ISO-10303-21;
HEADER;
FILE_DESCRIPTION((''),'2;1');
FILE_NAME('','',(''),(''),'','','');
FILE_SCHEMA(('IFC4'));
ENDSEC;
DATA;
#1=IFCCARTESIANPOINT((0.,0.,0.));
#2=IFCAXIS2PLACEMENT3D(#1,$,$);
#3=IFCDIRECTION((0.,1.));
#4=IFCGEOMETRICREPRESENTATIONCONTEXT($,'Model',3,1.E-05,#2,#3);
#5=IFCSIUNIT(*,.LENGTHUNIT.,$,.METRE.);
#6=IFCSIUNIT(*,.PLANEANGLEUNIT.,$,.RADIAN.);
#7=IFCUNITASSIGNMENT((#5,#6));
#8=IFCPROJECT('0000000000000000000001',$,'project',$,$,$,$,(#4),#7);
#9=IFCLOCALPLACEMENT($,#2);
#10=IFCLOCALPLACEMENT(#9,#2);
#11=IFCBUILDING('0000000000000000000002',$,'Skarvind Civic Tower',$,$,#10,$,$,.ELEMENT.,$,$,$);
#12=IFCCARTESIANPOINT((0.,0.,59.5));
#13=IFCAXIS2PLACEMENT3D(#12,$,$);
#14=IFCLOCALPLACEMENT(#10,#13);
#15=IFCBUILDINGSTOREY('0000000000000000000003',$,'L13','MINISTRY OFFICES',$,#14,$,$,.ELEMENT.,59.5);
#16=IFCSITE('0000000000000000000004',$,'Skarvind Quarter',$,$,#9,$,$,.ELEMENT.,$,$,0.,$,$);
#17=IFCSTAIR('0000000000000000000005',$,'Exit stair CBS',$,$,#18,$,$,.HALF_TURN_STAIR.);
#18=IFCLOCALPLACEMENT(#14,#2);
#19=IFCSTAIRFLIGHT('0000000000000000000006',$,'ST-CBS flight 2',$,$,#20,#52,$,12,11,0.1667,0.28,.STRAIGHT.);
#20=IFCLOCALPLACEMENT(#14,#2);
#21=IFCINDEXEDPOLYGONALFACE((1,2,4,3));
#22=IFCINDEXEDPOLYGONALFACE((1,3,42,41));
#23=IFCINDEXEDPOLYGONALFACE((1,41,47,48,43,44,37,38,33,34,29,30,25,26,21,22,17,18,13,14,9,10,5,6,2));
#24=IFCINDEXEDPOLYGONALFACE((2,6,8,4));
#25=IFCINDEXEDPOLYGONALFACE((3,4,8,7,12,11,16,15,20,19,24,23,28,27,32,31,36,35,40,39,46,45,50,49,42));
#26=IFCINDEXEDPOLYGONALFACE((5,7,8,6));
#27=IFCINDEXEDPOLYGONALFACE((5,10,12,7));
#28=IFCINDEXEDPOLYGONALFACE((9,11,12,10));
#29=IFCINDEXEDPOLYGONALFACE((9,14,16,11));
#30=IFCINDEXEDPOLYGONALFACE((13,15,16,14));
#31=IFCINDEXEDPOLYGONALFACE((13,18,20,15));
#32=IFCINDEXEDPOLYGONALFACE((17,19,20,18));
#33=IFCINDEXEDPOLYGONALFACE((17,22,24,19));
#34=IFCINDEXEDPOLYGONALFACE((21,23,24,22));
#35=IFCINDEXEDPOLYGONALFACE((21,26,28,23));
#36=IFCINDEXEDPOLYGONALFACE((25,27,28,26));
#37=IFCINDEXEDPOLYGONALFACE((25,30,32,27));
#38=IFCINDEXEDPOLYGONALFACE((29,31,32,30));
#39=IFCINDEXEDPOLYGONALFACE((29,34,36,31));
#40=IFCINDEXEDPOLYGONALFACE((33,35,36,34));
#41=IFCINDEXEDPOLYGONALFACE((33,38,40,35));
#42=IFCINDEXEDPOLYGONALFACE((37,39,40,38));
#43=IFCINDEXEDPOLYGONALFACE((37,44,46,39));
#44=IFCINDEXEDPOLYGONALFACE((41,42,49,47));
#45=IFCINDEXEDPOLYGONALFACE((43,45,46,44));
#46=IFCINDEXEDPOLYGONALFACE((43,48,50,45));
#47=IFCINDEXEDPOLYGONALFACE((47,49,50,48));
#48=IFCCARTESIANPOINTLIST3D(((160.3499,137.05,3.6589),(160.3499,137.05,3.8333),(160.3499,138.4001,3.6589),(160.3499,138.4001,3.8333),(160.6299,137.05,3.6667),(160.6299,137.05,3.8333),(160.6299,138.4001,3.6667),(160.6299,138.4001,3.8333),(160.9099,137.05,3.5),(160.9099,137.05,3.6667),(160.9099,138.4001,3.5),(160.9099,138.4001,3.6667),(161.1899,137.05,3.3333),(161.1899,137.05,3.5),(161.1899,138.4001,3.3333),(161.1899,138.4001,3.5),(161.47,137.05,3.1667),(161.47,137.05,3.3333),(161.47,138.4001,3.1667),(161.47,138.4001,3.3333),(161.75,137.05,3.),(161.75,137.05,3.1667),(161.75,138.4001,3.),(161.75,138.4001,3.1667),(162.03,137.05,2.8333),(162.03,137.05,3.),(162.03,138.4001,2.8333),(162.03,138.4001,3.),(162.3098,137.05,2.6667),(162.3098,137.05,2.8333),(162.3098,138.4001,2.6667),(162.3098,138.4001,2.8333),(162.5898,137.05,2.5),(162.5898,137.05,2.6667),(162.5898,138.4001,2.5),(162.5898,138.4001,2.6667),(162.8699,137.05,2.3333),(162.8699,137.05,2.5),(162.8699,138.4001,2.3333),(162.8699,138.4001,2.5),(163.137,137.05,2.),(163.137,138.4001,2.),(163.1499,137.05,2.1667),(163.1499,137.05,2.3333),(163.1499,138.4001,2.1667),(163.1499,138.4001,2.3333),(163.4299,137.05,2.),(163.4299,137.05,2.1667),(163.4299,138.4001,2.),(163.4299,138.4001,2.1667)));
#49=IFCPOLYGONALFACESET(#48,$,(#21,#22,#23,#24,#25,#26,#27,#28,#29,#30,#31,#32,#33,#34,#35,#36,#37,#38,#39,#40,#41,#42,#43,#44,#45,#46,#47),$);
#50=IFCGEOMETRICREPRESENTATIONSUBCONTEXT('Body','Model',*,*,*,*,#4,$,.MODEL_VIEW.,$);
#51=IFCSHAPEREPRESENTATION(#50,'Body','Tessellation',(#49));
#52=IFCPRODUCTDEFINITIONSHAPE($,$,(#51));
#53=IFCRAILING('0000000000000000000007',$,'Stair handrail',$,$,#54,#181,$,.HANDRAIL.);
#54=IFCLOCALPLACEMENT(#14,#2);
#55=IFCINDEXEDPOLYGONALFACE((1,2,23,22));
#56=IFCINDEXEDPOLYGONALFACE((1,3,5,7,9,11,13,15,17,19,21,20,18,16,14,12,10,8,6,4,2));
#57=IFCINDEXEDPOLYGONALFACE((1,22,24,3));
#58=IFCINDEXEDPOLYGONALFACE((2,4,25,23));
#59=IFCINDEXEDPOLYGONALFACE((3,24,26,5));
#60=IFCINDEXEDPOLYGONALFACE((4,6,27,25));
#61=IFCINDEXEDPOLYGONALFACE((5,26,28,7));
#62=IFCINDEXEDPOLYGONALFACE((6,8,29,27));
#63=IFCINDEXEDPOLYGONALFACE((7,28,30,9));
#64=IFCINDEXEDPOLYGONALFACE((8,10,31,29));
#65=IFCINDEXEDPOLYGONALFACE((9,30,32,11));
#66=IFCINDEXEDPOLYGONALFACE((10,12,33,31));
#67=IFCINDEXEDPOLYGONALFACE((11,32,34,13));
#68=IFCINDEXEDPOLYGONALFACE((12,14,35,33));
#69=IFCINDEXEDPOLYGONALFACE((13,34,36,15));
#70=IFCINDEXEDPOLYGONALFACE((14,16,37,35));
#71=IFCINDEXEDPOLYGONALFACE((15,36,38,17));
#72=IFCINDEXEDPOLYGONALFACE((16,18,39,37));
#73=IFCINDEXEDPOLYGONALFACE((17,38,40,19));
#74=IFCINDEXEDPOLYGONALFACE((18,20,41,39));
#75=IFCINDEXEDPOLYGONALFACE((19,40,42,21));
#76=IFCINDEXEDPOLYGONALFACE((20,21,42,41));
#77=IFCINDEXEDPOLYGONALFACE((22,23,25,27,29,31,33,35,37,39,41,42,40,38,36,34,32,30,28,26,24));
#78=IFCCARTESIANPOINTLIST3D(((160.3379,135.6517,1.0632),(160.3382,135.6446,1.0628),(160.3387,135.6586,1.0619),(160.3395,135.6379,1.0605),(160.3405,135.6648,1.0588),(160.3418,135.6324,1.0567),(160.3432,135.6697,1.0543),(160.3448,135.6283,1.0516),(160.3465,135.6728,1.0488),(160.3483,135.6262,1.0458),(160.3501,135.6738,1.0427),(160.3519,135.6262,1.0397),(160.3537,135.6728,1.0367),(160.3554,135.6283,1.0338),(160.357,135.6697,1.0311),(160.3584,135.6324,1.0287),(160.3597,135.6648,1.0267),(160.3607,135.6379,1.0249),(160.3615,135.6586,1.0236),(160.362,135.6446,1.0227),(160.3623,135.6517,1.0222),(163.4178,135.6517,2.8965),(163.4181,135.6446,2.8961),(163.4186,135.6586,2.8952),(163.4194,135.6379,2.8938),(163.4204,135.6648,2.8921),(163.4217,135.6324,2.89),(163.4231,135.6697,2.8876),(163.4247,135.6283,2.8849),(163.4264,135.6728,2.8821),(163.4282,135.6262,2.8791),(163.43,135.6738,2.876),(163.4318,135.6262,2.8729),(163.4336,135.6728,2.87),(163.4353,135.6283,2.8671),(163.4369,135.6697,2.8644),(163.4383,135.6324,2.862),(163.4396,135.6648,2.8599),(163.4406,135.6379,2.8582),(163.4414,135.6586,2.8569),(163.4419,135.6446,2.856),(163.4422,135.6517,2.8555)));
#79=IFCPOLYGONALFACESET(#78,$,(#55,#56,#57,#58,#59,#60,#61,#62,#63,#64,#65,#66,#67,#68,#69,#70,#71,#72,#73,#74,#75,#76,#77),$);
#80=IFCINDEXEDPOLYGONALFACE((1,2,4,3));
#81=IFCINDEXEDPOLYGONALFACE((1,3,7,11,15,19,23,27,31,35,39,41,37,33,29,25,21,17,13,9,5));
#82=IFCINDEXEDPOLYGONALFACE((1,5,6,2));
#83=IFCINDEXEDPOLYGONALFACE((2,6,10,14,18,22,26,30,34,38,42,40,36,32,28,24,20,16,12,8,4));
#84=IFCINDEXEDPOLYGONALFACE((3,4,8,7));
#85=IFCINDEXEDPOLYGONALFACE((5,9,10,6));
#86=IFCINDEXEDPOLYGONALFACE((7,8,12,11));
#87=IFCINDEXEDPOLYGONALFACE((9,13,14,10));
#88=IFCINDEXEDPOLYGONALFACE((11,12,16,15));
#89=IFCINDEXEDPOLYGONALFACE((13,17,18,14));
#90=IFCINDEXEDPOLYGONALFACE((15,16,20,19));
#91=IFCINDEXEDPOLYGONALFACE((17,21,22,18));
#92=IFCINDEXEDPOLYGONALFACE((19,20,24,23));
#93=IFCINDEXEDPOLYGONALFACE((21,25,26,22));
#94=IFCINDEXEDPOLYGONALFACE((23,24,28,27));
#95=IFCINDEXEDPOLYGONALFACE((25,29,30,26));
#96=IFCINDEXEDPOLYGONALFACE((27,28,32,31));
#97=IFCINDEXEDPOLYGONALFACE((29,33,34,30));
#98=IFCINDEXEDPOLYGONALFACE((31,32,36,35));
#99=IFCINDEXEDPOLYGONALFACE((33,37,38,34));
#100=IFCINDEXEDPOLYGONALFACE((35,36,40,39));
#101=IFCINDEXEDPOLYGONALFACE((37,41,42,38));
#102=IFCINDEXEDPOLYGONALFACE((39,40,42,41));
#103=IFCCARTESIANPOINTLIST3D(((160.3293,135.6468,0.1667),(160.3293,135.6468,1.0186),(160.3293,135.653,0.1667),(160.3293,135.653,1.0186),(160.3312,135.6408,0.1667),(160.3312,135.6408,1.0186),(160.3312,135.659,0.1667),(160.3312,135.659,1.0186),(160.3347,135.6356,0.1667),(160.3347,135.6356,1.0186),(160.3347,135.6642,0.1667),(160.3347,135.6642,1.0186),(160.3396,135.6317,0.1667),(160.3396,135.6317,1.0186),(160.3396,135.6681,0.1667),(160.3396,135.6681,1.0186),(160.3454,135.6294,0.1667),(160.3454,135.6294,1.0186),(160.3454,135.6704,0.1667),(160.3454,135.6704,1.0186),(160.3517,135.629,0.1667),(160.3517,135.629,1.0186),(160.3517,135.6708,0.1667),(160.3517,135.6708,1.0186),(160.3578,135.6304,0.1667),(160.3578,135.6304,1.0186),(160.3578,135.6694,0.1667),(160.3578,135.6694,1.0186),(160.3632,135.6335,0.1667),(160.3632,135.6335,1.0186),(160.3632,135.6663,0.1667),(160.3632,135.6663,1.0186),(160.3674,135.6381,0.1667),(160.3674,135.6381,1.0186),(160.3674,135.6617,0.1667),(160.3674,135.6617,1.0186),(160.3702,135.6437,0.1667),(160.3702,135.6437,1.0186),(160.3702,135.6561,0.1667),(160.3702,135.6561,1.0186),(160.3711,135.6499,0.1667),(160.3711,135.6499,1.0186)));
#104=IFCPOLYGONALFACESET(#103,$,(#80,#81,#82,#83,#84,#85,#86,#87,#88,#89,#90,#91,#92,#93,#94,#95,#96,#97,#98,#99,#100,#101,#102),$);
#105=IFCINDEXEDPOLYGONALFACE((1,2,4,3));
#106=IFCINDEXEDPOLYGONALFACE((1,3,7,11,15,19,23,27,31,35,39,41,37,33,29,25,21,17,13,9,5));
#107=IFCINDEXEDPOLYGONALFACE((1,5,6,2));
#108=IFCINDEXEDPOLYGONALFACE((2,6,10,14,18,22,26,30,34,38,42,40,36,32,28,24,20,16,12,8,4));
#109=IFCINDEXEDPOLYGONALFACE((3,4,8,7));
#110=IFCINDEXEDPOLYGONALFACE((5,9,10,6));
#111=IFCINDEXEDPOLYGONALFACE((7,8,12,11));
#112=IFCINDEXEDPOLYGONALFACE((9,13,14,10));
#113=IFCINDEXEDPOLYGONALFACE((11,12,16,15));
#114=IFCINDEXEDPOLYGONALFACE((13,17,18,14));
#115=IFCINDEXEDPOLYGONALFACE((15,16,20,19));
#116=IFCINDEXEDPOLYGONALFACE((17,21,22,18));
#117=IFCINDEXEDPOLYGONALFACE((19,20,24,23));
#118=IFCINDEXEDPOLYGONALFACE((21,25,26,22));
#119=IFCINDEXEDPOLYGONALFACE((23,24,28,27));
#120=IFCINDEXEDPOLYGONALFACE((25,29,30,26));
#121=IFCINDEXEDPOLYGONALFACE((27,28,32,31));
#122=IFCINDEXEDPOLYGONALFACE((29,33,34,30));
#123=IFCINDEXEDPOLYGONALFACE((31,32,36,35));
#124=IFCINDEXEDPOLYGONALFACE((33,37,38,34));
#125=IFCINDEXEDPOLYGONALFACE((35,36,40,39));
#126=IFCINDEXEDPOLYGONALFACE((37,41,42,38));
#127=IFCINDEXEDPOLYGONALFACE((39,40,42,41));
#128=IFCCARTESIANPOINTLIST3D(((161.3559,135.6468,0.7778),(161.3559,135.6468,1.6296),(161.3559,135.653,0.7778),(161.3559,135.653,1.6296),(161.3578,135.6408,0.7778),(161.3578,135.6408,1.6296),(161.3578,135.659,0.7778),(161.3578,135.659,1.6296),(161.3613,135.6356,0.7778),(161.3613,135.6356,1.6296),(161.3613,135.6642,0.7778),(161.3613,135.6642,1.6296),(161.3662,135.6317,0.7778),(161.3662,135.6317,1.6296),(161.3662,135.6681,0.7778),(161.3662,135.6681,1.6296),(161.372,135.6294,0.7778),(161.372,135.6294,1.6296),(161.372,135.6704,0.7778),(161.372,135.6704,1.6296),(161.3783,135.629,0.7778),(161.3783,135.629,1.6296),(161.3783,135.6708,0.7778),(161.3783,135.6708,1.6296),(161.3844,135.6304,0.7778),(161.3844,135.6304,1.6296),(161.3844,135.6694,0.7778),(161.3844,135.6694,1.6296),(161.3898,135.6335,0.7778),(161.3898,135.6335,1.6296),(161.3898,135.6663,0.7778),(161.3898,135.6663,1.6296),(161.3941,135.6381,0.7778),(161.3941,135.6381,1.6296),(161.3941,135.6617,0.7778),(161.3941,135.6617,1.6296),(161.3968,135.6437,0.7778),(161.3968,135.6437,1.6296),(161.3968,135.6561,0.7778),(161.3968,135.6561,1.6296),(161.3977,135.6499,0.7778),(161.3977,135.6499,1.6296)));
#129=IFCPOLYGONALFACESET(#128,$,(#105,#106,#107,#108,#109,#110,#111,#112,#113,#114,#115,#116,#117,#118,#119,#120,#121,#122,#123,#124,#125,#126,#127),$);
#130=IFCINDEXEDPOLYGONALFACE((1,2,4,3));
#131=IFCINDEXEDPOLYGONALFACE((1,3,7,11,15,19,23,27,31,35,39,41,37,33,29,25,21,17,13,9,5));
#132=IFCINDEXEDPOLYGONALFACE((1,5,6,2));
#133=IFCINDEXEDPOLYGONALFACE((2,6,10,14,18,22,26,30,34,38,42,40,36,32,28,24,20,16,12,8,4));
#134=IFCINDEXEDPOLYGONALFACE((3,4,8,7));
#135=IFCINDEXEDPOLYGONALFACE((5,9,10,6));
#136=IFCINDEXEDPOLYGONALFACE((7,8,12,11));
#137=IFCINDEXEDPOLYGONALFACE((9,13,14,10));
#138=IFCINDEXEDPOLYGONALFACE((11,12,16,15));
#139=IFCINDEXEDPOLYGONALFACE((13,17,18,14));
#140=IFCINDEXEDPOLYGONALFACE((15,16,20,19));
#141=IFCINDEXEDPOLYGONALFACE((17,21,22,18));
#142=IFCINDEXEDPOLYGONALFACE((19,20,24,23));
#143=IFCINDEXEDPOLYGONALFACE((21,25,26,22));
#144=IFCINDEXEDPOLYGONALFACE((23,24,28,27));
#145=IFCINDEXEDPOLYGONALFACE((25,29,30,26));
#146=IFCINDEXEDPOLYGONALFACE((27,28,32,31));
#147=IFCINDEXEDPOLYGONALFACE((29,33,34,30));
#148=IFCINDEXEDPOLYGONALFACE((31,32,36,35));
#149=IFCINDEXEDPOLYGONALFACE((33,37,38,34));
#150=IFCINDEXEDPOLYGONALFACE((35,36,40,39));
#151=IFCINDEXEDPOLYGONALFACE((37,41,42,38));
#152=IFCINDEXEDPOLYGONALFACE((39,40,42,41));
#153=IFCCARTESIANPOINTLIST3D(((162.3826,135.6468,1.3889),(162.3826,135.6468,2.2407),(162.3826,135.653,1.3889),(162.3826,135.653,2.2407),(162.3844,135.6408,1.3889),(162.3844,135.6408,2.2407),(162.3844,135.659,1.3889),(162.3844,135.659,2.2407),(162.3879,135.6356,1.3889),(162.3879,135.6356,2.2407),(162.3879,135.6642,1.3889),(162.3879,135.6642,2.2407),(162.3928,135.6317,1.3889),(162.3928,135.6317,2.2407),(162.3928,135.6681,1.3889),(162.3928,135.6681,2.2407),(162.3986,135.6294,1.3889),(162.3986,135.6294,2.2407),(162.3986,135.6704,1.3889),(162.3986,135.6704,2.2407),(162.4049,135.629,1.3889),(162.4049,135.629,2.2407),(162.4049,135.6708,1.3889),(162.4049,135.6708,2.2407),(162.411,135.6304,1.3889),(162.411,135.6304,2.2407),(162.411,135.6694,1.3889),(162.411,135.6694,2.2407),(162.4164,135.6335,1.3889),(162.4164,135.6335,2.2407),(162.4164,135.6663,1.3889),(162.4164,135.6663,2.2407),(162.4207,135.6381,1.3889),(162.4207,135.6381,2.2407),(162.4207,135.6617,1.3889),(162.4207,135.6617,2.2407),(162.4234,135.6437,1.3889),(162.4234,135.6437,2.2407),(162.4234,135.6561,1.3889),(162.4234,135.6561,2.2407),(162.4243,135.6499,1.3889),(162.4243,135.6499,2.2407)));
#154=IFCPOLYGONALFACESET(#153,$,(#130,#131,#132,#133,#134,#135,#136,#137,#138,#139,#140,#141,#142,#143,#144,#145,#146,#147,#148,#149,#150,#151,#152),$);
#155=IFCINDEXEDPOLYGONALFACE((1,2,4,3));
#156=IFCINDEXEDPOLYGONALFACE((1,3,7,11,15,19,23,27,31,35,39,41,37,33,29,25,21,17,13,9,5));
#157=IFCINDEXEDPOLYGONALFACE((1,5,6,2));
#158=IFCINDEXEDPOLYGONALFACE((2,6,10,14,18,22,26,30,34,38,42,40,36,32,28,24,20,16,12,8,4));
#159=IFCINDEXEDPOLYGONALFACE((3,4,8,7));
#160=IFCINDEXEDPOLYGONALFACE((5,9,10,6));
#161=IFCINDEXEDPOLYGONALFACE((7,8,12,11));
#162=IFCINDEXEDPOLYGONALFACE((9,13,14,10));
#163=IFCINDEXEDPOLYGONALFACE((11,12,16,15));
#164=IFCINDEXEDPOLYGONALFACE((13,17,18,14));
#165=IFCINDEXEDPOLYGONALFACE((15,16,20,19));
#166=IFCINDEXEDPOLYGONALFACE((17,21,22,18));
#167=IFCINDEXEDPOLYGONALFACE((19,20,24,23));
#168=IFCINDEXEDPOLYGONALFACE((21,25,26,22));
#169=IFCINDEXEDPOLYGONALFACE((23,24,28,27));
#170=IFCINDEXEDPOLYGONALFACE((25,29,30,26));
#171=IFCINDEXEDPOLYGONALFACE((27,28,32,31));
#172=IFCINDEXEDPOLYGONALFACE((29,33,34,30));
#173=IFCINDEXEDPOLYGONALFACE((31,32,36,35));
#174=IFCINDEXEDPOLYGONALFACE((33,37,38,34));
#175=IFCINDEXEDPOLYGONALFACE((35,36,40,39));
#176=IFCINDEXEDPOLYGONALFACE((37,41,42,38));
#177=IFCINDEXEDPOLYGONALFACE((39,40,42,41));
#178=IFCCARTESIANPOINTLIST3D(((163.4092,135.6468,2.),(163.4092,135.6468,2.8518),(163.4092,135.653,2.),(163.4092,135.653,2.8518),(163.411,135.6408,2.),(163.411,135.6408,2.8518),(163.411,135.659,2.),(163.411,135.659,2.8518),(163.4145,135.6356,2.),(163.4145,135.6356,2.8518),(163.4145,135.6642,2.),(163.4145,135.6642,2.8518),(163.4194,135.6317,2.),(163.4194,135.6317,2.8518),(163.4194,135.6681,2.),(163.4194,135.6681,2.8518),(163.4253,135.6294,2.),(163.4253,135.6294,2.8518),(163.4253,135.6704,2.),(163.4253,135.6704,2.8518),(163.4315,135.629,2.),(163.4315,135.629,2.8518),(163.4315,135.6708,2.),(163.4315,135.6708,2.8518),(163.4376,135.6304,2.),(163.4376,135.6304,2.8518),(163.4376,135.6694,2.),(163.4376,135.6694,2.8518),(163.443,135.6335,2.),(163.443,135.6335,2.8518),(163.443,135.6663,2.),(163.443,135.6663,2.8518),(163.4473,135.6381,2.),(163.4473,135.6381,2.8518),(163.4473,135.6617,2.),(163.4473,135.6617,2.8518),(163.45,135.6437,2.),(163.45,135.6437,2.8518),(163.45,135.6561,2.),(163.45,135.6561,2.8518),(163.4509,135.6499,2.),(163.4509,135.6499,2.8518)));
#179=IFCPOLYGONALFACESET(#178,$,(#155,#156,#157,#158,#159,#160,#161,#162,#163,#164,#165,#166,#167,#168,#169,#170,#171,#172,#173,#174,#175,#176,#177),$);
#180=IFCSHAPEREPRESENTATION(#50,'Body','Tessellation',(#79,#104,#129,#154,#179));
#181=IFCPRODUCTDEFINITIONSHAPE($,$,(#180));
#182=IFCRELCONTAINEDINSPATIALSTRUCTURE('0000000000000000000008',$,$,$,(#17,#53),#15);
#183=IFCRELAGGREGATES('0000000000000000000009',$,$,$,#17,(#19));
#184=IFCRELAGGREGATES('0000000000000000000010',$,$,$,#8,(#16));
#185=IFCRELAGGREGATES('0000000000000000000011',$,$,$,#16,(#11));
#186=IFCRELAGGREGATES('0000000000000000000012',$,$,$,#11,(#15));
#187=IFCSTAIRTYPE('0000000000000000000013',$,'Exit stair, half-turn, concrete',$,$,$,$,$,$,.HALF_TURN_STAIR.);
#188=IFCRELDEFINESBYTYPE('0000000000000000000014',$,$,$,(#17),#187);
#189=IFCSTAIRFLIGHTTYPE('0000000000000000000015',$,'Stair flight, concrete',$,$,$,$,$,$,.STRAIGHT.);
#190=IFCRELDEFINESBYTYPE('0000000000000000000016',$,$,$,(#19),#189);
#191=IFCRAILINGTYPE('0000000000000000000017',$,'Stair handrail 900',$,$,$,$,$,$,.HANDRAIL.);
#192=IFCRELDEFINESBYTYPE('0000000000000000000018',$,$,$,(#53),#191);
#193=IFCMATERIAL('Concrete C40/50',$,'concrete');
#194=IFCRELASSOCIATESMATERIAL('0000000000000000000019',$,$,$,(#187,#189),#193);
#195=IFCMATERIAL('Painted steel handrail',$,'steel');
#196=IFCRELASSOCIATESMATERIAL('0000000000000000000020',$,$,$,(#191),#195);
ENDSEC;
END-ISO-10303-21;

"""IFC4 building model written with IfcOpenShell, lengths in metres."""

from ifc_helpers import new_model, si_unit, direction, frame, origin, origin_2d, place, context, subcontext, project, spatial, polyline, circle, outline, extrude, material, type_object, element, aggregate, save


model = new_model("IFC4")

# Units and contexts
model_context = context("Model", 3, precision=1e-05, world=origin(), true_north=direction((0.0, 1.0)))
body_context = subcontext(model_context, "Body", "Model", "MODEL_VIEW")
ifc_project = project(units=[si_unit("LENGTHUNIT", "METRE"), si_unit("PLANEANGLEUNIT", "RADIAN")], contexts=[model_context])

# Site, building, storey
site_placement = place(None, origin())
site = spatial("IfcSite", under=ifc_project, at=site_placement, Name="Skarvind Quarter", CompositionType="ELEMENT", RefElevation=0.0)
building_placement = place(site_placement, origin())
building = spatial("IfcBuilding", under=site, at=building_placement, Name="Skarvind Civic Tower", CompositionType="ELEMENT")
storey_placement = place(building_placement, frame((0.0, 0.0, 59.5)))
storey = spatial("IfcBuildingStorey", under=building, at=storey_placement, Name="L13", Description="MINISTRY OFFICES", CompositionType="ELEMENT", Elevation=59.5)

# Stair, stair flight
ifc_material_1 = material(Name="Concrete C40/50", Category="concrete")
stair_type = type_object("IfcStairType", Name="Exit stair, half-turn, concrete", PredefinedType="HALF_TURN_STAIR", material=ifc_material_1)
stair_placement = place(storey_placement, origin())
stair = element("IfcStair", 1, at=stair_placement, inside=storey, type_object=stair_type, Name="Exit stair CBS", PredefinedType="HALF_TURN_STAIR")
stair_flight_type = type_object("IfcStairFlightType", Name="Stair flight, concrete", PredefinedType="STRAIGHT", material=ifc_material_1)
stair_flight_1_placement = place(storey_placement, frame((163.4299, 137.7251, 2.0), z_axis=(0.0, 0.0, 1.0), x_axis=(-1.0, 0.0, 0.0)))
stair_flight_1 = element("IfcStairFlight", 2, at=stair_flight_1_placement, type_object=stair_flight_type, Name="ST-CBS flight 2", NumberOfRisers=12, NumberOfTreads=11, PredefinedType="STRAIGHT", RiserHeight=0.1667, TreadLength=0.28, context=body_context, shape_type="SweptSolid", body=[
    extrude(outline(polyline([(0.0, 0.0), (0.0, 0.1667), (0.28, 0.1667), (0.28, 0.3333), (0.5601, 0.3333), (0.5601, 0.5), (0.8401, 0.5), (0.8401, 0.6667), (1.1201, 0.6667), (1.1201, 0.8333), (1.3999, 0.8333), (1.3999, 1.0), (1.6799, 1.0), (1.6799, 1.1667), (1.96, 1.1667), (1.96, 1.3333), (2.24, 1.3333), (2.24, 1.5), (2.52, 1.5), (2.52, 1.6667), (2.8, 1.6667), (2.8, 1.8333), (3.0801, 1.8333), (3.0801, 2.0), (3.0801, 1.6589), (0.293, 0.0), (0.0, 0.0)])), frame((0.0, 0.675, 0.0), z_axis=(0.0, -1.0, 0.0), x_axis=(1.0, 0.0, 0.0)), (0.0, 0.0, 1.0), 1.3501),
])
aggregate(stair, [stair_flight_1])

# Railing
ifc_material_2 = material(Name="Painted steel handrail", Category="steel")
railing_type = type_object("IfcRailingType", Name="Stair handrail 900", PredefinedType="HANDRAIL", material=ifc_material_2)
railing_1_placement = place(storey_placement, frame((160.3501, 135.6499, 0.1667)))
element("IfcRailing", 3, at=railing_1_placement, inside=storey, type_object=railing_type, Name="Stair handrail", PredefinedType="HANDRAIL", context=body_context, shape_type="SweptSolid", body=[
    extrude(circle(Radius=0.0239, at=origin_2d()), frame((0.0, 0.0, 0.876), z_axis=(0.859291, 0.0, 0.511487), x_axis=(0.0, 1.0, 0.0)), (0.0, 0.0, 1.0), 3.5842),
    extrude(circle(Radius=0.021, at=origin_2d()), origin(), (0.0, 0.0, 1.0), 0.8518),
    extrude(circle(Radius=0.021, at=origin_2d()), frame((1.0266, 0.0, 0.6111)), (0.0, 0.0, 1.0), 0.8518),
    extrude(circle(Radius=0.021, at=origin_2d()), frame((2.0532, 0.0, 1.2222)), (0.0, 0.0, 1.0), 0.8518),
    extrude(circle(Radius=0.021, at=origin_2d()), frame((3.0798, 0.0, 1.8333)), (0.0, 0.0, 1.0), 0.8518),
])

save(model, "model.ifc")
